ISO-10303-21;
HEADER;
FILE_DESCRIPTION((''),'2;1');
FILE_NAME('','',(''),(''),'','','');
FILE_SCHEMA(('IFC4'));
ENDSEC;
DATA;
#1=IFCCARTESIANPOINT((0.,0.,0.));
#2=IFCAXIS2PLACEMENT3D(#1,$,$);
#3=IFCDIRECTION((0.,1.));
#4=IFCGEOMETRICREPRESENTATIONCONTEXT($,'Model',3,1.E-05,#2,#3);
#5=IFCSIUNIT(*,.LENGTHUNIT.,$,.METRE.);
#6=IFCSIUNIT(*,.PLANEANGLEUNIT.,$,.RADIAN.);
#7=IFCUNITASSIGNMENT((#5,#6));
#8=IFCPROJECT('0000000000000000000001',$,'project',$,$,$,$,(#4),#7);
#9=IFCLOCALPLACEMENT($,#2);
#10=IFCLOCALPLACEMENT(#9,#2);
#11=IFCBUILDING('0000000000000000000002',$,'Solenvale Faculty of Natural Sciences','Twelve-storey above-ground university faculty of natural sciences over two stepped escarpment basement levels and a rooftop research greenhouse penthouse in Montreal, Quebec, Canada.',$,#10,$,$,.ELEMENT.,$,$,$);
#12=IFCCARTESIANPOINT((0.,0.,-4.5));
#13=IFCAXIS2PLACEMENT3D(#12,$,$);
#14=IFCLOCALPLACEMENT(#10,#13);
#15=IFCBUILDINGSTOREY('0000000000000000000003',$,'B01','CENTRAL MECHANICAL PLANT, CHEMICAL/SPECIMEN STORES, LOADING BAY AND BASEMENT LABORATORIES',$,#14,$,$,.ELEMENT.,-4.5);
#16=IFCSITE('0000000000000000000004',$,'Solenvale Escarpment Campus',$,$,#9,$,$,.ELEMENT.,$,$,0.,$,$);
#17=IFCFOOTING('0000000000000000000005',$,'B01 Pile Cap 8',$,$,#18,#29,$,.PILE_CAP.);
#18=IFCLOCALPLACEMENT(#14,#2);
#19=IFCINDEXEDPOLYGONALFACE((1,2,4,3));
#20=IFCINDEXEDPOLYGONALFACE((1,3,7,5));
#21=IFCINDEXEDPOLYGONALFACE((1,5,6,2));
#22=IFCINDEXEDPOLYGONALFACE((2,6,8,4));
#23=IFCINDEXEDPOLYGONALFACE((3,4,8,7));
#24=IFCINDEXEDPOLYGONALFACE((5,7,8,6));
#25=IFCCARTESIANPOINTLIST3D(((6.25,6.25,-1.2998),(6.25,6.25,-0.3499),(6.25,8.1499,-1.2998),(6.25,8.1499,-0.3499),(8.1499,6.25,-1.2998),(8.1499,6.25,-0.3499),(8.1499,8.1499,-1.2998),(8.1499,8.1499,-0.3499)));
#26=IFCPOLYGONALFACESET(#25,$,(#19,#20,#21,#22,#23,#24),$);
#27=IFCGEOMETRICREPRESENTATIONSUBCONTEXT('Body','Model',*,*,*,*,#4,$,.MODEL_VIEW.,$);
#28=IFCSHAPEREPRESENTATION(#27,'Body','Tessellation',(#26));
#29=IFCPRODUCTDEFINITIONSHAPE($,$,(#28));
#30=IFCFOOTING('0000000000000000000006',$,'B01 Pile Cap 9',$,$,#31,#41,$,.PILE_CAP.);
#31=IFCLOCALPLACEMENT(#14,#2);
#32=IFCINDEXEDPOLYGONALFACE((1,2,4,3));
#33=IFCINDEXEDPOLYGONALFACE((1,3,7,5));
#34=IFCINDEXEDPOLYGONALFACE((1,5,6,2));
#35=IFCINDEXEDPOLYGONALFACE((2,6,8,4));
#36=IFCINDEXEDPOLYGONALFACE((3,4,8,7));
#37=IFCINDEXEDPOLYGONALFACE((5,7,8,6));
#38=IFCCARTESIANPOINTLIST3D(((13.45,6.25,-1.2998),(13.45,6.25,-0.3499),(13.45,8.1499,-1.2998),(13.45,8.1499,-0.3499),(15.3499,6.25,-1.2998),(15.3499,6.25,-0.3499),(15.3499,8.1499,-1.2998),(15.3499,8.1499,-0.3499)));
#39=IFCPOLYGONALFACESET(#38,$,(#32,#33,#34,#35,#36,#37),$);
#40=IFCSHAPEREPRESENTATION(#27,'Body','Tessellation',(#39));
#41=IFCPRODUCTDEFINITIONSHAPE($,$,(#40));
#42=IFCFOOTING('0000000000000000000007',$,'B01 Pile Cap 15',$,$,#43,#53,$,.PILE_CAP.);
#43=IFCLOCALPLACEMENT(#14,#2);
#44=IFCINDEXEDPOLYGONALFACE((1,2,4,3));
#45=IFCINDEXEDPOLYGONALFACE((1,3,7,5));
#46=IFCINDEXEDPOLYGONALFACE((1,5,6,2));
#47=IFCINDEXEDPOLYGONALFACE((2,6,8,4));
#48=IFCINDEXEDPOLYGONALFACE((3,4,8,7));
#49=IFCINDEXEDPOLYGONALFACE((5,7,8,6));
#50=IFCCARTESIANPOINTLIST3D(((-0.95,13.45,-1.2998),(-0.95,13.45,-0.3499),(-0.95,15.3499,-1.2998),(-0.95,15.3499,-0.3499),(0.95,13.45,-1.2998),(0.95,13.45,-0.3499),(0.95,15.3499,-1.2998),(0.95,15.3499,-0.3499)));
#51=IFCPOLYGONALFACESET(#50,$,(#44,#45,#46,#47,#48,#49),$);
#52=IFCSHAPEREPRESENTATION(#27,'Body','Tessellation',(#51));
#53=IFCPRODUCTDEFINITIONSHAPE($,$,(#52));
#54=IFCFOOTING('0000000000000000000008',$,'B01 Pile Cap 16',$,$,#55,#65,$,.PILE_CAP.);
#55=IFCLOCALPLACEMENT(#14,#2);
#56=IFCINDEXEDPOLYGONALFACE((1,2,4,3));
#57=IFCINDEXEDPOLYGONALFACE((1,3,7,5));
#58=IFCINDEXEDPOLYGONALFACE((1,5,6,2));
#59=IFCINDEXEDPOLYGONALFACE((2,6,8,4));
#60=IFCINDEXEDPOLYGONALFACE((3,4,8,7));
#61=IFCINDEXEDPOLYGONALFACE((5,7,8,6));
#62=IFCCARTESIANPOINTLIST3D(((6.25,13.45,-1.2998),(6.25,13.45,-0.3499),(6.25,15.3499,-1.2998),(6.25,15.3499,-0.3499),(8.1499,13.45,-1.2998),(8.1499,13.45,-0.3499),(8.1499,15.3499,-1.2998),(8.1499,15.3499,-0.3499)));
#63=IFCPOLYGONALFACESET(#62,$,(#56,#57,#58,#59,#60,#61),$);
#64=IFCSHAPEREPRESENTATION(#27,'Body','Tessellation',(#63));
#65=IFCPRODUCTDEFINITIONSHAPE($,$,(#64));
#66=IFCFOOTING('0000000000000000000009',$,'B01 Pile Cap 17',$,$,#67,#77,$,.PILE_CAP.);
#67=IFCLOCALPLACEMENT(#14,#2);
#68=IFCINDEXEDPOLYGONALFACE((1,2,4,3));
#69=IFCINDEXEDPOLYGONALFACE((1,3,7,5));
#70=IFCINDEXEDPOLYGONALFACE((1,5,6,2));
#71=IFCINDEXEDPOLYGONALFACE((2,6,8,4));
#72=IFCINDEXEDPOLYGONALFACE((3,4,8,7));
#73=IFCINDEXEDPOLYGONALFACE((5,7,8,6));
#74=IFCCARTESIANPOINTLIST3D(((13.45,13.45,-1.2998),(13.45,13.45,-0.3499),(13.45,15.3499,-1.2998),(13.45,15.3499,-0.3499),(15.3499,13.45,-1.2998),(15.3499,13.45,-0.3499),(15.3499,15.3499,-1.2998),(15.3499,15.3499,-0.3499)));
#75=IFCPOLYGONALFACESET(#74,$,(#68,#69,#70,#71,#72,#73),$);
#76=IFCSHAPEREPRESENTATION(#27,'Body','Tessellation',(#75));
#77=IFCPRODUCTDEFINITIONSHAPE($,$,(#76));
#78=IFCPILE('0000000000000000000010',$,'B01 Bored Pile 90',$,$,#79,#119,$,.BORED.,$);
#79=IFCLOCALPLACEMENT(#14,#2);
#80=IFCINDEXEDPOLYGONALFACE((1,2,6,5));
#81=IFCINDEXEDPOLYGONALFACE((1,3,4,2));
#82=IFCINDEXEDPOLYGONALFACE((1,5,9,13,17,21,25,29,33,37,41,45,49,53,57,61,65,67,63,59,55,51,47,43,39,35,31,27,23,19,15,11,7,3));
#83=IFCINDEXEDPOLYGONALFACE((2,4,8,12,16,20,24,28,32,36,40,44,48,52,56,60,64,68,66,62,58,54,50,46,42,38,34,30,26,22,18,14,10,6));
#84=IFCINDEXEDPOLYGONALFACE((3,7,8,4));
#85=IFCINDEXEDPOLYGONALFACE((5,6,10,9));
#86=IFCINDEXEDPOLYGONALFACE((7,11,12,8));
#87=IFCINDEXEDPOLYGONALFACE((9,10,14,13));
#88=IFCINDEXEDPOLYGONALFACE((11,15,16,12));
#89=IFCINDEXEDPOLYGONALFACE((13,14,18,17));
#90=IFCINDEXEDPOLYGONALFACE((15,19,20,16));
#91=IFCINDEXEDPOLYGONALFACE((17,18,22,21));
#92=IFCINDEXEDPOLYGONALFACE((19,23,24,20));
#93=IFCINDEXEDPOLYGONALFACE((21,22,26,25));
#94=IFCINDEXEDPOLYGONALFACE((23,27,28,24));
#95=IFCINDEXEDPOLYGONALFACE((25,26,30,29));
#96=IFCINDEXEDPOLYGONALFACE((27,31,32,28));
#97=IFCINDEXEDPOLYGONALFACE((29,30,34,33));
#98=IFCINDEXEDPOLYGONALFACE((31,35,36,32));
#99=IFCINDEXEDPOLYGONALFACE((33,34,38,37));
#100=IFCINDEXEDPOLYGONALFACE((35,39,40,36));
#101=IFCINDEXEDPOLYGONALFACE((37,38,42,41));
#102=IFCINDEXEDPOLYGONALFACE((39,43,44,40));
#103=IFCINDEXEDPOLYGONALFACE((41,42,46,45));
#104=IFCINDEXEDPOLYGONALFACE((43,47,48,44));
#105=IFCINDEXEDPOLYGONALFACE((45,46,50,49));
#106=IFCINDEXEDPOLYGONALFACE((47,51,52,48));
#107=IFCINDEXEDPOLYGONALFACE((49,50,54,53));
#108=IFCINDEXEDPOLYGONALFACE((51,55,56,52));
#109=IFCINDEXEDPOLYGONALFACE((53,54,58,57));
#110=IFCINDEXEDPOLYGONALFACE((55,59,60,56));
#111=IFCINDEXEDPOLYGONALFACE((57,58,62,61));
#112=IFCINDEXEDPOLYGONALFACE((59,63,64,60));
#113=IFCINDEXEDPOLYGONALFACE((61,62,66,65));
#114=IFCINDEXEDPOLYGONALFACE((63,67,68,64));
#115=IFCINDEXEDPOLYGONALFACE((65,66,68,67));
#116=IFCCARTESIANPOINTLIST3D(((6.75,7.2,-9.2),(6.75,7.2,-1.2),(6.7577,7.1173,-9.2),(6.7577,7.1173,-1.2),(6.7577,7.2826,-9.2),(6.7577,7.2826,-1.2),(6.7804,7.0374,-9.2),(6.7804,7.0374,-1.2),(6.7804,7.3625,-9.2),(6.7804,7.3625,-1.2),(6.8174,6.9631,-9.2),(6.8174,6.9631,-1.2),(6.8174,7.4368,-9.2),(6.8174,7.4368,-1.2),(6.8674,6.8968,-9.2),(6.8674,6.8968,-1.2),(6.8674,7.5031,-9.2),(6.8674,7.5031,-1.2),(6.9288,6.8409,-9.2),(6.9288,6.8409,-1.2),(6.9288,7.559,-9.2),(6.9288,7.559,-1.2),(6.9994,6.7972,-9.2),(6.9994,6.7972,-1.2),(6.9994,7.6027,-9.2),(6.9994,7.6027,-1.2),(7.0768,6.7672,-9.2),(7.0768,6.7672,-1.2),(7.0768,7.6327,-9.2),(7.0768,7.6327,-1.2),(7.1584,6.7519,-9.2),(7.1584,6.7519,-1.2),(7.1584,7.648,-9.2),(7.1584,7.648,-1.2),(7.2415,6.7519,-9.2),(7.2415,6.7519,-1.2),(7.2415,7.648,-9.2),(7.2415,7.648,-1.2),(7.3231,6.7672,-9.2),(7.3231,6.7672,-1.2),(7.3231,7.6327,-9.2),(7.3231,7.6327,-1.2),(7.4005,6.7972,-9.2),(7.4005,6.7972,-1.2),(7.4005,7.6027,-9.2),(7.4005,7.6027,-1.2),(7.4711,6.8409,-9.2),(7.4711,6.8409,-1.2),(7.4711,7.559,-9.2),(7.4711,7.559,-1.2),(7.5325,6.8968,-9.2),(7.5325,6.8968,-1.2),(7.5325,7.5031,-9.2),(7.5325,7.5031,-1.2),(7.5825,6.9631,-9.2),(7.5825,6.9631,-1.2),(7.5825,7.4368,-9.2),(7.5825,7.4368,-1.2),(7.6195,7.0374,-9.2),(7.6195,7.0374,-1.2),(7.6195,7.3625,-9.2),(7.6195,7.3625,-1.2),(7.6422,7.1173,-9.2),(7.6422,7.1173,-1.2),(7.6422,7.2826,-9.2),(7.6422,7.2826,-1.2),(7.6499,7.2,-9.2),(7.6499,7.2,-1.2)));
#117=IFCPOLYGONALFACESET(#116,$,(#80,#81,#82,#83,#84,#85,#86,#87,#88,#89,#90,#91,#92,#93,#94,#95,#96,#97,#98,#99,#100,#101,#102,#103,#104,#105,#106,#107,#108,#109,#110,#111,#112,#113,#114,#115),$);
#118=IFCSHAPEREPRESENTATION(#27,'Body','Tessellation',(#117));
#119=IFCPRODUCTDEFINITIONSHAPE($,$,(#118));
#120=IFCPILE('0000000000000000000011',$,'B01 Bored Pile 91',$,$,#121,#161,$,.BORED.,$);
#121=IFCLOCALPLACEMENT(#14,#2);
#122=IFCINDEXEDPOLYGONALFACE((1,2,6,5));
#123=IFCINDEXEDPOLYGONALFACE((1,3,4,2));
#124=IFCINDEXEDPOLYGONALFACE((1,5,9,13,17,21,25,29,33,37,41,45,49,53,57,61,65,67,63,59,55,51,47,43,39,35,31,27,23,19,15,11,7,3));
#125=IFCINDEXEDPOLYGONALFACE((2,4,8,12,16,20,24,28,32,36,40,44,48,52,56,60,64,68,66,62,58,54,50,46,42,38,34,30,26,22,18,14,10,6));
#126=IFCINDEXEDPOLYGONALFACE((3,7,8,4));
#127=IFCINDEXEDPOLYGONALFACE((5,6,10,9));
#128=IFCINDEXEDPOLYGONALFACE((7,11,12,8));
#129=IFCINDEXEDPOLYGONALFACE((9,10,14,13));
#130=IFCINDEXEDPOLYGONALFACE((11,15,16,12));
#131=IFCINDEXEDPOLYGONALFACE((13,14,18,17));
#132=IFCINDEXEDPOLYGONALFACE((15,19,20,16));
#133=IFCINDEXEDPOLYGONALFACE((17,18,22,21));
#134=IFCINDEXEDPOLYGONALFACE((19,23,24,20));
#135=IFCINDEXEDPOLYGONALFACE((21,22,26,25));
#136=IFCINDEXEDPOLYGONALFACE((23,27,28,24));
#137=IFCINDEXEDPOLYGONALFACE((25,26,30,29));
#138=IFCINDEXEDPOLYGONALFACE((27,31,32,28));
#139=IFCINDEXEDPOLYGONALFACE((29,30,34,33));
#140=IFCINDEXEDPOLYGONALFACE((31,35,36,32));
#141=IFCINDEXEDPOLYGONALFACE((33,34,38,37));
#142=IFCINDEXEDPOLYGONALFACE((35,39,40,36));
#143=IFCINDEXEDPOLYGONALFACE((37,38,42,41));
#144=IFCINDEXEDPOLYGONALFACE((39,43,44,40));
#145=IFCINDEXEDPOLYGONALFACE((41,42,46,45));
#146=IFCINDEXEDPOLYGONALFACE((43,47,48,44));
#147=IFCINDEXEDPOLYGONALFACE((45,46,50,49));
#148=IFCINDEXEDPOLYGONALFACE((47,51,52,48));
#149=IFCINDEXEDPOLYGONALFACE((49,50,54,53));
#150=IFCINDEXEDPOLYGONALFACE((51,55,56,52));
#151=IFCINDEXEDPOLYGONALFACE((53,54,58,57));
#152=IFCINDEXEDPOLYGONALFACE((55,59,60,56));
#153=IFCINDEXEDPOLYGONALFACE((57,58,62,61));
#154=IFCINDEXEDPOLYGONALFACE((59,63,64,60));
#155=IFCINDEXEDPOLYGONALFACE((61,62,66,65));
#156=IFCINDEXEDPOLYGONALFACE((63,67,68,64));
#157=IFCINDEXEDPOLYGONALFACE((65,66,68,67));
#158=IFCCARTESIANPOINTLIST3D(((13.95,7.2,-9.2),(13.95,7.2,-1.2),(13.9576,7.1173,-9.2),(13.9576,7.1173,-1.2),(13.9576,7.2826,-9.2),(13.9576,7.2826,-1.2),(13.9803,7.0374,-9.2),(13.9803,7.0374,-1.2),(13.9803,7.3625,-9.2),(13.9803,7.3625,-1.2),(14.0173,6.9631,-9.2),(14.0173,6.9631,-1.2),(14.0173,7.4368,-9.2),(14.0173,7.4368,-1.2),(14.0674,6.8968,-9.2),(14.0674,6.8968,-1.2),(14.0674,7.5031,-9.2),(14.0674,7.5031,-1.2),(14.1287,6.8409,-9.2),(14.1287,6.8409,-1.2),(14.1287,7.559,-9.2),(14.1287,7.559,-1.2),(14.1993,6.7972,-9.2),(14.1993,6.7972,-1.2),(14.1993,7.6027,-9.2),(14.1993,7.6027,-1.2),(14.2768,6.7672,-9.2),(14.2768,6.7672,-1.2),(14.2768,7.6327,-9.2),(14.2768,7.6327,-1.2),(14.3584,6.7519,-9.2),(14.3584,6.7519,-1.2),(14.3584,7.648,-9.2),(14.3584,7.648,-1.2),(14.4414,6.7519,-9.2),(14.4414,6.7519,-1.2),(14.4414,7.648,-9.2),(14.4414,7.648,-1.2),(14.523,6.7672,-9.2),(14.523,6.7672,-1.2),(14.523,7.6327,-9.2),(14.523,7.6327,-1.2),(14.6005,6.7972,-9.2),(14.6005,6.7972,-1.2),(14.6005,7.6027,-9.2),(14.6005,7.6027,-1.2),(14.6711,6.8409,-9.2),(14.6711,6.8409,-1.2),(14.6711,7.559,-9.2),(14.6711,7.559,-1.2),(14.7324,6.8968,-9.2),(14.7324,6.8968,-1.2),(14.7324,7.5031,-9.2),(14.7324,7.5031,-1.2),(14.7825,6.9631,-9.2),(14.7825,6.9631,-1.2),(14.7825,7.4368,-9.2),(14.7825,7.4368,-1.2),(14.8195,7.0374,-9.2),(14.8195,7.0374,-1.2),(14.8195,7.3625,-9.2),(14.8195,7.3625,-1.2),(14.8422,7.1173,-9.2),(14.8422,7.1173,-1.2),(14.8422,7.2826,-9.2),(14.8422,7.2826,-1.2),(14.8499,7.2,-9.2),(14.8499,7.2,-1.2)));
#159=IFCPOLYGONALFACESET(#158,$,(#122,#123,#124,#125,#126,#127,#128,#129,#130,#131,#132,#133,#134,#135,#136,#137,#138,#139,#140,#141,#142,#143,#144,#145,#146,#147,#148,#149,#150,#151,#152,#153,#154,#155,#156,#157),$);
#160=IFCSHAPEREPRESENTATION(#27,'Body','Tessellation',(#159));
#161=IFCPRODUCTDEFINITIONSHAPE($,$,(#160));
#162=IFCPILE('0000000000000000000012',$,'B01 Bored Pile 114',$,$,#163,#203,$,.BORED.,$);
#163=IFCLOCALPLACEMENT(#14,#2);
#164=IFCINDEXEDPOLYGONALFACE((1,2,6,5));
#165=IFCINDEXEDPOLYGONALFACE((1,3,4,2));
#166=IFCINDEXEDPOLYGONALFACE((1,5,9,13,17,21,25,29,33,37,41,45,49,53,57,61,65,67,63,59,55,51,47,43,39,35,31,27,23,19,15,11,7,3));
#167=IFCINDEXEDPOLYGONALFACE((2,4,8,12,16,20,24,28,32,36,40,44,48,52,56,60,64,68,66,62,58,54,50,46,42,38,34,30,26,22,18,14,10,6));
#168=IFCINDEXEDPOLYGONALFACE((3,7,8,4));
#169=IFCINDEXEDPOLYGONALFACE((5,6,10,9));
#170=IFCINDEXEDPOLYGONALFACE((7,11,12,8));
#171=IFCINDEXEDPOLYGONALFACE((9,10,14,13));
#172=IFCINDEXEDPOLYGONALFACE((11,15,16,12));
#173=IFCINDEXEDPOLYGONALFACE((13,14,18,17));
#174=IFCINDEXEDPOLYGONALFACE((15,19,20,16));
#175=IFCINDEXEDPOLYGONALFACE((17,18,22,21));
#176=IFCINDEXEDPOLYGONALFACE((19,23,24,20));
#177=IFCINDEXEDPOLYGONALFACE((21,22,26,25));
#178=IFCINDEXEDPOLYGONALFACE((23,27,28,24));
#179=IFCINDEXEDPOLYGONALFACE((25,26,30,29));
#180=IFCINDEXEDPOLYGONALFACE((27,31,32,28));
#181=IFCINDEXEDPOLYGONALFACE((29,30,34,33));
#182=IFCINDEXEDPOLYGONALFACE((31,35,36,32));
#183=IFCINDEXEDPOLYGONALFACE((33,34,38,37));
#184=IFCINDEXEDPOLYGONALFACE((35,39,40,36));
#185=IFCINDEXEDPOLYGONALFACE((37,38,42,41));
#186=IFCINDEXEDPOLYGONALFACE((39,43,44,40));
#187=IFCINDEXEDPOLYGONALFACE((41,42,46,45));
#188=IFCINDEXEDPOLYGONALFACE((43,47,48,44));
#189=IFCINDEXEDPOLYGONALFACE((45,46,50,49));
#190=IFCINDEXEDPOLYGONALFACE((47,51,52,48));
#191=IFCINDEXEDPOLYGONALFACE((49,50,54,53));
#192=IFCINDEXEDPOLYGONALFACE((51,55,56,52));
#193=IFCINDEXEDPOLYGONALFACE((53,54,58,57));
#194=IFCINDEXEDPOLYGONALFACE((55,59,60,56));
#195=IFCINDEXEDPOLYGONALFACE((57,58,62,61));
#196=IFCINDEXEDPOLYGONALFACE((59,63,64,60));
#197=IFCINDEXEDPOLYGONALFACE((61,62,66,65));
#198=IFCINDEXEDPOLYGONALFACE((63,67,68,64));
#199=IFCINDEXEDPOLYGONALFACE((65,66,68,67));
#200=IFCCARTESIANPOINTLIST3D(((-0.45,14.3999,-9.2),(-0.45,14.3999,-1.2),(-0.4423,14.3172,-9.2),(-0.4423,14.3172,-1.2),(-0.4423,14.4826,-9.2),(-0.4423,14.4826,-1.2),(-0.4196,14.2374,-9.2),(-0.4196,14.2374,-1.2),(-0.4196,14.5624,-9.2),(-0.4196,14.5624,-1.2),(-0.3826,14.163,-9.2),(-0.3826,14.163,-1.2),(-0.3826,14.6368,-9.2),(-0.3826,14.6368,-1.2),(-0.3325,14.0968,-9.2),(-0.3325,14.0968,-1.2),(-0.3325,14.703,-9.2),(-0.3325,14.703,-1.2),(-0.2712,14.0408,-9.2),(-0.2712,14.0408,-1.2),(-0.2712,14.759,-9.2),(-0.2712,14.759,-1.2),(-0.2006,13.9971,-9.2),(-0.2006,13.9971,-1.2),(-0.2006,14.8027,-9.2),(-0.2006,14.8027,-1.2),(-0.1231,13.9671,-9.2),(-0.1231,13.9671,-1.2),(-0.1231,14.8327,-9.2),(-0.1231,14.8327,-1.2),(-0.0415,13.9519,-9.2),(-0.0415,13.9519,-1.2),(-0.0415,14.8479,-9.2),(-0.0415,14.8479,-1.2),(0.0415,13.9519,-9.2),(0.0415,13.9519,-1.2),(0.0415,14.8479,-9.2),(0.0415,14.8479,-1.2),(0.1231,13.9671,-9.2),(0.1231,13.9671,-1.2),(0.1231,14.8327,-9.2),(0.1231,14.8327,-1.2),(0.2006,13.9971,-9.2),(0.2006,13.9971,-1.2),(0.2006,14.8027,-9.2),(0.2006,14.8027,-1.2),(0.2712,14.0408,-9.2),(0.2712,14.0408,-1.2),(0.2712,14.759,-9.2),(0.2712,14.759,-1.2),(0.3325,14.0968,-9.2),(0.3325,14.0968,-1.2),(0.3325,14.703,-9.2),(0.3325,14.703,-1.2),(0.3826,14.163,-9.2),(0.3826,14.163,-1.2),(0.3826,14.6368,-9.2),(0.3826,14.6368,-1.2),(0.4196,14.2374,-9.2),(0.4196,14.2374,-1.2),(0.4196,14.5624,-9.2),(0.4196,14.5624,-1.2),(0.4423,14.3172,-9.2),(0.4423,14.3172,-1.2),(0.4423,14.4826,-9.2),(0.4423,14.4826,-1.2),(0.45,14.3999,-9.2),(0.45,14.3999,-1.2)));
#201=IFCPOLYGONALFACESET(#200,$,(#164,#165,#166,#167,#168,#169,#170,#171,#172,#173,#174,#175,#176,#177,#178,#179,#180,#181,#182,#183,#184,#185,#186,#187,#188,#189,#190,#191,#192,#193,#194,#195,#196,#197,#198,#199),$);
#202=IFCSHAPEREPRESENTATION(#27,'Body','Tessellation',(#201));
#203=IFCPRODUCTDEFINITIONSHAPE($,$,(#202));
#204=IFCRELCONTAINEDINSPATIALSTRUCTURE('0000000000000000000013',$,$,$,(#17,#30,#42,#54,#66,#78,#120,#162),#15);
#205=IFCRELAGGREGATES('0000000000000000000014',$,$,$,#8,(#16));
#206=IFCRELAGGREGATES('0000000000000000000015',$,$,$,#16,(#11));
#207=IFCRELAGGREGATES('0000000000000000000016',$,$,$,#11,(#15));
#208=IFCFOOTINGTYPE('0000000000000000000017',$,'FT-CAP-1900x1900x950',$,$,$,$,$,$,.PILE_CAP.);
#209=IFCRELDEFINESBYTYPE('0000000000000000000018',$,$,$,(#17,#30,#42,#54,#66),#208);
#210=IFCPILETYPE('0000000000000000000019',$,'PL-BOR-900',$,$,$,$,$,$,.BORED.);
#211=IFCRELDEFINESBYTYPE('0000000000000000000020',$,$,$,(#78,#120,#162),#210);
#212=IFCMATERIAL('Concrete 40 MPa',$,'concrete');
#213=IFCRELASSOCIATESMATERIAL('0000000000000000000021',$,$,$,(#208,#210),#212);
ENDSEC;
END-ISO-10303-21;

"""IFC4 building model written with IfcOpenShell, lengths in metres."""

from ifc_helpers import new_model, si_unit, direction, frame, origin, origin_2d, place, context, subcontext, project, spatial, rectangle, circle, extrude, material, material_profile, profile_set, type_object, element, save


model = new_model("IFC4")

# Units and contexts
model_context = context("Model", 3, precision=1e-05, world=origin(), true_north=direction((0.0, 1.0)))
body_context = subcontext(model_context, "Body", "Model", "MODEL_VIEW")
ifc_project = project(units=[si_unit("LENGTHUNIT", "METRE"), si_unit("PLANEANGLEUNIT", "RADIAN")], contexts=[model_context])

# Site, building, storey
site_placement = place(None, origin())
site = spatial("IfcSite", under=ifc_project, at=site_placement, Name="Solenvale Escarpment Campus", CompositionType="ELEMENT", RefElevation=0.0)
building_placement = place(site_placement, origin())
building = spatial("IfcBuilding", under=site, at=building_placement, Name="Solenvale Faculty of Natural Sciences", Description="Twelve-storey above-ground university faculty of natural sciences over two stepped escarpment basement levels and a rooftop research greenhouse penthouse in Montreal, Quebec, Canada.", CompositionType="ELEMENT")
storey_placement = place(building_placement, frame((0.0, 0.0, -4.5)))
storey = spatial("IfcBuildingStorey", under=building, at=storey_placement, Name="B01", Description="CENTRAL MECHANICAL PLANT, CHEMICAL/SPECIMEN STORES, LOADING BAY AND BASEMENT LABORATORIES", CompositionType="ELEMENT", Elevation=-4.5)

# Footings
ifc_material_1 = material(Name="Concrete 40 MPa", Category="concrete")
footing_type = type_object("IfcFootingType", Name="FT-CAP-1900x1900x950", PredefinedType="PILE_CAP", material=ifc_material_1)
for number, where, z_axis, x_axis, name in (
    (1, (7.2, 7.2, -1.2998), (0.0, 0.0, 1.0), (1.0, 0.0, 0.0), "B01 Pile Cap 8"),
    (2, (14.3999, 7.2, -1.2998), (0.0, 0.0, 1.0), (1.0, 0.0, 0.0), "B01 Pile Cap 9"),
    (3, (0.0, 14.3999, -1.2998), (0.0, 0.0, 1.0), (1.0, 0.0, 0.0), "B01 Pile Cap 15"),
    (4, (7.2, 14.3999, -1.2998), (0.0, 0.0, 1.0), (1.0, 0.0, 0.0), "B01 Pile Cap 16"),
    (5, (14.3999, 14.3999, -1.2998), (0.0, 0.0, 1.0), (1.0, 0.0, 0.0), "B01 Pile Cap 17"),
):
    element("IfcFooting", number, at=place(storey_placement, frame(where, z_axis=z_axis, x_axis=x_axis)), inside=storey, type_object=footing_type, Name=name, PredefinedType="PILE_CAP", context=body_context, shape_type="SweptSolid", body=[
        extrude(rectangle(XDim=1.8999, YDim=1.8999, at=origin_2d()), origin(), (0.0, 0.0, 1.0), 0.95),
    ])

# Piles
ifc_material_profile_1 = material_profile(ifc_material_1, circle(Radius=0.45, at=origin_2d()), Name="PILE-D900")
ifc_profile_set_1 = profile_set([ifc_material_profile_1], Name="Concrete 40 MPa")
pile_type = type_object("IfcPileType", Name="PL-BOR-900", PredefinedType="BORED", material=ifc_profile_set_1)
for number, where, z_axis, x_axis, name in (
    (6, (7.2, 7.2, -1.2), (0.0, 0.0, -1.0), (1.0, 0.0, 0.0), "B01 Bored Pile 90"),
    (7, (14.3999, 7.2, -1.2), (0.0, 0.0, -1.0), (1.0, 0.0, 0.0), "B01 Bored Pile 91"),
    (8, (0.0, 14.3999, -1.2), (0.0, 0.0, -1.0), (1.0, 0.0, 0.0), "B01 Bored Pile 114"),
):
    element("IfcPile", number, at=place(storey_placement, frame(where, z_axis=z_axis, x_axis=x_axis)), inside=storey, type_object=pile_type, Name=name, PredefinedType="BORED", context=body_context, shape_type="SweptSolid", body=[
        extrude(circle(Radius=0.45, at=origin_2d()), origin(), (0.0, 0.0, 1.0), 8.0),
    ])

save(model, "model.ifc")
